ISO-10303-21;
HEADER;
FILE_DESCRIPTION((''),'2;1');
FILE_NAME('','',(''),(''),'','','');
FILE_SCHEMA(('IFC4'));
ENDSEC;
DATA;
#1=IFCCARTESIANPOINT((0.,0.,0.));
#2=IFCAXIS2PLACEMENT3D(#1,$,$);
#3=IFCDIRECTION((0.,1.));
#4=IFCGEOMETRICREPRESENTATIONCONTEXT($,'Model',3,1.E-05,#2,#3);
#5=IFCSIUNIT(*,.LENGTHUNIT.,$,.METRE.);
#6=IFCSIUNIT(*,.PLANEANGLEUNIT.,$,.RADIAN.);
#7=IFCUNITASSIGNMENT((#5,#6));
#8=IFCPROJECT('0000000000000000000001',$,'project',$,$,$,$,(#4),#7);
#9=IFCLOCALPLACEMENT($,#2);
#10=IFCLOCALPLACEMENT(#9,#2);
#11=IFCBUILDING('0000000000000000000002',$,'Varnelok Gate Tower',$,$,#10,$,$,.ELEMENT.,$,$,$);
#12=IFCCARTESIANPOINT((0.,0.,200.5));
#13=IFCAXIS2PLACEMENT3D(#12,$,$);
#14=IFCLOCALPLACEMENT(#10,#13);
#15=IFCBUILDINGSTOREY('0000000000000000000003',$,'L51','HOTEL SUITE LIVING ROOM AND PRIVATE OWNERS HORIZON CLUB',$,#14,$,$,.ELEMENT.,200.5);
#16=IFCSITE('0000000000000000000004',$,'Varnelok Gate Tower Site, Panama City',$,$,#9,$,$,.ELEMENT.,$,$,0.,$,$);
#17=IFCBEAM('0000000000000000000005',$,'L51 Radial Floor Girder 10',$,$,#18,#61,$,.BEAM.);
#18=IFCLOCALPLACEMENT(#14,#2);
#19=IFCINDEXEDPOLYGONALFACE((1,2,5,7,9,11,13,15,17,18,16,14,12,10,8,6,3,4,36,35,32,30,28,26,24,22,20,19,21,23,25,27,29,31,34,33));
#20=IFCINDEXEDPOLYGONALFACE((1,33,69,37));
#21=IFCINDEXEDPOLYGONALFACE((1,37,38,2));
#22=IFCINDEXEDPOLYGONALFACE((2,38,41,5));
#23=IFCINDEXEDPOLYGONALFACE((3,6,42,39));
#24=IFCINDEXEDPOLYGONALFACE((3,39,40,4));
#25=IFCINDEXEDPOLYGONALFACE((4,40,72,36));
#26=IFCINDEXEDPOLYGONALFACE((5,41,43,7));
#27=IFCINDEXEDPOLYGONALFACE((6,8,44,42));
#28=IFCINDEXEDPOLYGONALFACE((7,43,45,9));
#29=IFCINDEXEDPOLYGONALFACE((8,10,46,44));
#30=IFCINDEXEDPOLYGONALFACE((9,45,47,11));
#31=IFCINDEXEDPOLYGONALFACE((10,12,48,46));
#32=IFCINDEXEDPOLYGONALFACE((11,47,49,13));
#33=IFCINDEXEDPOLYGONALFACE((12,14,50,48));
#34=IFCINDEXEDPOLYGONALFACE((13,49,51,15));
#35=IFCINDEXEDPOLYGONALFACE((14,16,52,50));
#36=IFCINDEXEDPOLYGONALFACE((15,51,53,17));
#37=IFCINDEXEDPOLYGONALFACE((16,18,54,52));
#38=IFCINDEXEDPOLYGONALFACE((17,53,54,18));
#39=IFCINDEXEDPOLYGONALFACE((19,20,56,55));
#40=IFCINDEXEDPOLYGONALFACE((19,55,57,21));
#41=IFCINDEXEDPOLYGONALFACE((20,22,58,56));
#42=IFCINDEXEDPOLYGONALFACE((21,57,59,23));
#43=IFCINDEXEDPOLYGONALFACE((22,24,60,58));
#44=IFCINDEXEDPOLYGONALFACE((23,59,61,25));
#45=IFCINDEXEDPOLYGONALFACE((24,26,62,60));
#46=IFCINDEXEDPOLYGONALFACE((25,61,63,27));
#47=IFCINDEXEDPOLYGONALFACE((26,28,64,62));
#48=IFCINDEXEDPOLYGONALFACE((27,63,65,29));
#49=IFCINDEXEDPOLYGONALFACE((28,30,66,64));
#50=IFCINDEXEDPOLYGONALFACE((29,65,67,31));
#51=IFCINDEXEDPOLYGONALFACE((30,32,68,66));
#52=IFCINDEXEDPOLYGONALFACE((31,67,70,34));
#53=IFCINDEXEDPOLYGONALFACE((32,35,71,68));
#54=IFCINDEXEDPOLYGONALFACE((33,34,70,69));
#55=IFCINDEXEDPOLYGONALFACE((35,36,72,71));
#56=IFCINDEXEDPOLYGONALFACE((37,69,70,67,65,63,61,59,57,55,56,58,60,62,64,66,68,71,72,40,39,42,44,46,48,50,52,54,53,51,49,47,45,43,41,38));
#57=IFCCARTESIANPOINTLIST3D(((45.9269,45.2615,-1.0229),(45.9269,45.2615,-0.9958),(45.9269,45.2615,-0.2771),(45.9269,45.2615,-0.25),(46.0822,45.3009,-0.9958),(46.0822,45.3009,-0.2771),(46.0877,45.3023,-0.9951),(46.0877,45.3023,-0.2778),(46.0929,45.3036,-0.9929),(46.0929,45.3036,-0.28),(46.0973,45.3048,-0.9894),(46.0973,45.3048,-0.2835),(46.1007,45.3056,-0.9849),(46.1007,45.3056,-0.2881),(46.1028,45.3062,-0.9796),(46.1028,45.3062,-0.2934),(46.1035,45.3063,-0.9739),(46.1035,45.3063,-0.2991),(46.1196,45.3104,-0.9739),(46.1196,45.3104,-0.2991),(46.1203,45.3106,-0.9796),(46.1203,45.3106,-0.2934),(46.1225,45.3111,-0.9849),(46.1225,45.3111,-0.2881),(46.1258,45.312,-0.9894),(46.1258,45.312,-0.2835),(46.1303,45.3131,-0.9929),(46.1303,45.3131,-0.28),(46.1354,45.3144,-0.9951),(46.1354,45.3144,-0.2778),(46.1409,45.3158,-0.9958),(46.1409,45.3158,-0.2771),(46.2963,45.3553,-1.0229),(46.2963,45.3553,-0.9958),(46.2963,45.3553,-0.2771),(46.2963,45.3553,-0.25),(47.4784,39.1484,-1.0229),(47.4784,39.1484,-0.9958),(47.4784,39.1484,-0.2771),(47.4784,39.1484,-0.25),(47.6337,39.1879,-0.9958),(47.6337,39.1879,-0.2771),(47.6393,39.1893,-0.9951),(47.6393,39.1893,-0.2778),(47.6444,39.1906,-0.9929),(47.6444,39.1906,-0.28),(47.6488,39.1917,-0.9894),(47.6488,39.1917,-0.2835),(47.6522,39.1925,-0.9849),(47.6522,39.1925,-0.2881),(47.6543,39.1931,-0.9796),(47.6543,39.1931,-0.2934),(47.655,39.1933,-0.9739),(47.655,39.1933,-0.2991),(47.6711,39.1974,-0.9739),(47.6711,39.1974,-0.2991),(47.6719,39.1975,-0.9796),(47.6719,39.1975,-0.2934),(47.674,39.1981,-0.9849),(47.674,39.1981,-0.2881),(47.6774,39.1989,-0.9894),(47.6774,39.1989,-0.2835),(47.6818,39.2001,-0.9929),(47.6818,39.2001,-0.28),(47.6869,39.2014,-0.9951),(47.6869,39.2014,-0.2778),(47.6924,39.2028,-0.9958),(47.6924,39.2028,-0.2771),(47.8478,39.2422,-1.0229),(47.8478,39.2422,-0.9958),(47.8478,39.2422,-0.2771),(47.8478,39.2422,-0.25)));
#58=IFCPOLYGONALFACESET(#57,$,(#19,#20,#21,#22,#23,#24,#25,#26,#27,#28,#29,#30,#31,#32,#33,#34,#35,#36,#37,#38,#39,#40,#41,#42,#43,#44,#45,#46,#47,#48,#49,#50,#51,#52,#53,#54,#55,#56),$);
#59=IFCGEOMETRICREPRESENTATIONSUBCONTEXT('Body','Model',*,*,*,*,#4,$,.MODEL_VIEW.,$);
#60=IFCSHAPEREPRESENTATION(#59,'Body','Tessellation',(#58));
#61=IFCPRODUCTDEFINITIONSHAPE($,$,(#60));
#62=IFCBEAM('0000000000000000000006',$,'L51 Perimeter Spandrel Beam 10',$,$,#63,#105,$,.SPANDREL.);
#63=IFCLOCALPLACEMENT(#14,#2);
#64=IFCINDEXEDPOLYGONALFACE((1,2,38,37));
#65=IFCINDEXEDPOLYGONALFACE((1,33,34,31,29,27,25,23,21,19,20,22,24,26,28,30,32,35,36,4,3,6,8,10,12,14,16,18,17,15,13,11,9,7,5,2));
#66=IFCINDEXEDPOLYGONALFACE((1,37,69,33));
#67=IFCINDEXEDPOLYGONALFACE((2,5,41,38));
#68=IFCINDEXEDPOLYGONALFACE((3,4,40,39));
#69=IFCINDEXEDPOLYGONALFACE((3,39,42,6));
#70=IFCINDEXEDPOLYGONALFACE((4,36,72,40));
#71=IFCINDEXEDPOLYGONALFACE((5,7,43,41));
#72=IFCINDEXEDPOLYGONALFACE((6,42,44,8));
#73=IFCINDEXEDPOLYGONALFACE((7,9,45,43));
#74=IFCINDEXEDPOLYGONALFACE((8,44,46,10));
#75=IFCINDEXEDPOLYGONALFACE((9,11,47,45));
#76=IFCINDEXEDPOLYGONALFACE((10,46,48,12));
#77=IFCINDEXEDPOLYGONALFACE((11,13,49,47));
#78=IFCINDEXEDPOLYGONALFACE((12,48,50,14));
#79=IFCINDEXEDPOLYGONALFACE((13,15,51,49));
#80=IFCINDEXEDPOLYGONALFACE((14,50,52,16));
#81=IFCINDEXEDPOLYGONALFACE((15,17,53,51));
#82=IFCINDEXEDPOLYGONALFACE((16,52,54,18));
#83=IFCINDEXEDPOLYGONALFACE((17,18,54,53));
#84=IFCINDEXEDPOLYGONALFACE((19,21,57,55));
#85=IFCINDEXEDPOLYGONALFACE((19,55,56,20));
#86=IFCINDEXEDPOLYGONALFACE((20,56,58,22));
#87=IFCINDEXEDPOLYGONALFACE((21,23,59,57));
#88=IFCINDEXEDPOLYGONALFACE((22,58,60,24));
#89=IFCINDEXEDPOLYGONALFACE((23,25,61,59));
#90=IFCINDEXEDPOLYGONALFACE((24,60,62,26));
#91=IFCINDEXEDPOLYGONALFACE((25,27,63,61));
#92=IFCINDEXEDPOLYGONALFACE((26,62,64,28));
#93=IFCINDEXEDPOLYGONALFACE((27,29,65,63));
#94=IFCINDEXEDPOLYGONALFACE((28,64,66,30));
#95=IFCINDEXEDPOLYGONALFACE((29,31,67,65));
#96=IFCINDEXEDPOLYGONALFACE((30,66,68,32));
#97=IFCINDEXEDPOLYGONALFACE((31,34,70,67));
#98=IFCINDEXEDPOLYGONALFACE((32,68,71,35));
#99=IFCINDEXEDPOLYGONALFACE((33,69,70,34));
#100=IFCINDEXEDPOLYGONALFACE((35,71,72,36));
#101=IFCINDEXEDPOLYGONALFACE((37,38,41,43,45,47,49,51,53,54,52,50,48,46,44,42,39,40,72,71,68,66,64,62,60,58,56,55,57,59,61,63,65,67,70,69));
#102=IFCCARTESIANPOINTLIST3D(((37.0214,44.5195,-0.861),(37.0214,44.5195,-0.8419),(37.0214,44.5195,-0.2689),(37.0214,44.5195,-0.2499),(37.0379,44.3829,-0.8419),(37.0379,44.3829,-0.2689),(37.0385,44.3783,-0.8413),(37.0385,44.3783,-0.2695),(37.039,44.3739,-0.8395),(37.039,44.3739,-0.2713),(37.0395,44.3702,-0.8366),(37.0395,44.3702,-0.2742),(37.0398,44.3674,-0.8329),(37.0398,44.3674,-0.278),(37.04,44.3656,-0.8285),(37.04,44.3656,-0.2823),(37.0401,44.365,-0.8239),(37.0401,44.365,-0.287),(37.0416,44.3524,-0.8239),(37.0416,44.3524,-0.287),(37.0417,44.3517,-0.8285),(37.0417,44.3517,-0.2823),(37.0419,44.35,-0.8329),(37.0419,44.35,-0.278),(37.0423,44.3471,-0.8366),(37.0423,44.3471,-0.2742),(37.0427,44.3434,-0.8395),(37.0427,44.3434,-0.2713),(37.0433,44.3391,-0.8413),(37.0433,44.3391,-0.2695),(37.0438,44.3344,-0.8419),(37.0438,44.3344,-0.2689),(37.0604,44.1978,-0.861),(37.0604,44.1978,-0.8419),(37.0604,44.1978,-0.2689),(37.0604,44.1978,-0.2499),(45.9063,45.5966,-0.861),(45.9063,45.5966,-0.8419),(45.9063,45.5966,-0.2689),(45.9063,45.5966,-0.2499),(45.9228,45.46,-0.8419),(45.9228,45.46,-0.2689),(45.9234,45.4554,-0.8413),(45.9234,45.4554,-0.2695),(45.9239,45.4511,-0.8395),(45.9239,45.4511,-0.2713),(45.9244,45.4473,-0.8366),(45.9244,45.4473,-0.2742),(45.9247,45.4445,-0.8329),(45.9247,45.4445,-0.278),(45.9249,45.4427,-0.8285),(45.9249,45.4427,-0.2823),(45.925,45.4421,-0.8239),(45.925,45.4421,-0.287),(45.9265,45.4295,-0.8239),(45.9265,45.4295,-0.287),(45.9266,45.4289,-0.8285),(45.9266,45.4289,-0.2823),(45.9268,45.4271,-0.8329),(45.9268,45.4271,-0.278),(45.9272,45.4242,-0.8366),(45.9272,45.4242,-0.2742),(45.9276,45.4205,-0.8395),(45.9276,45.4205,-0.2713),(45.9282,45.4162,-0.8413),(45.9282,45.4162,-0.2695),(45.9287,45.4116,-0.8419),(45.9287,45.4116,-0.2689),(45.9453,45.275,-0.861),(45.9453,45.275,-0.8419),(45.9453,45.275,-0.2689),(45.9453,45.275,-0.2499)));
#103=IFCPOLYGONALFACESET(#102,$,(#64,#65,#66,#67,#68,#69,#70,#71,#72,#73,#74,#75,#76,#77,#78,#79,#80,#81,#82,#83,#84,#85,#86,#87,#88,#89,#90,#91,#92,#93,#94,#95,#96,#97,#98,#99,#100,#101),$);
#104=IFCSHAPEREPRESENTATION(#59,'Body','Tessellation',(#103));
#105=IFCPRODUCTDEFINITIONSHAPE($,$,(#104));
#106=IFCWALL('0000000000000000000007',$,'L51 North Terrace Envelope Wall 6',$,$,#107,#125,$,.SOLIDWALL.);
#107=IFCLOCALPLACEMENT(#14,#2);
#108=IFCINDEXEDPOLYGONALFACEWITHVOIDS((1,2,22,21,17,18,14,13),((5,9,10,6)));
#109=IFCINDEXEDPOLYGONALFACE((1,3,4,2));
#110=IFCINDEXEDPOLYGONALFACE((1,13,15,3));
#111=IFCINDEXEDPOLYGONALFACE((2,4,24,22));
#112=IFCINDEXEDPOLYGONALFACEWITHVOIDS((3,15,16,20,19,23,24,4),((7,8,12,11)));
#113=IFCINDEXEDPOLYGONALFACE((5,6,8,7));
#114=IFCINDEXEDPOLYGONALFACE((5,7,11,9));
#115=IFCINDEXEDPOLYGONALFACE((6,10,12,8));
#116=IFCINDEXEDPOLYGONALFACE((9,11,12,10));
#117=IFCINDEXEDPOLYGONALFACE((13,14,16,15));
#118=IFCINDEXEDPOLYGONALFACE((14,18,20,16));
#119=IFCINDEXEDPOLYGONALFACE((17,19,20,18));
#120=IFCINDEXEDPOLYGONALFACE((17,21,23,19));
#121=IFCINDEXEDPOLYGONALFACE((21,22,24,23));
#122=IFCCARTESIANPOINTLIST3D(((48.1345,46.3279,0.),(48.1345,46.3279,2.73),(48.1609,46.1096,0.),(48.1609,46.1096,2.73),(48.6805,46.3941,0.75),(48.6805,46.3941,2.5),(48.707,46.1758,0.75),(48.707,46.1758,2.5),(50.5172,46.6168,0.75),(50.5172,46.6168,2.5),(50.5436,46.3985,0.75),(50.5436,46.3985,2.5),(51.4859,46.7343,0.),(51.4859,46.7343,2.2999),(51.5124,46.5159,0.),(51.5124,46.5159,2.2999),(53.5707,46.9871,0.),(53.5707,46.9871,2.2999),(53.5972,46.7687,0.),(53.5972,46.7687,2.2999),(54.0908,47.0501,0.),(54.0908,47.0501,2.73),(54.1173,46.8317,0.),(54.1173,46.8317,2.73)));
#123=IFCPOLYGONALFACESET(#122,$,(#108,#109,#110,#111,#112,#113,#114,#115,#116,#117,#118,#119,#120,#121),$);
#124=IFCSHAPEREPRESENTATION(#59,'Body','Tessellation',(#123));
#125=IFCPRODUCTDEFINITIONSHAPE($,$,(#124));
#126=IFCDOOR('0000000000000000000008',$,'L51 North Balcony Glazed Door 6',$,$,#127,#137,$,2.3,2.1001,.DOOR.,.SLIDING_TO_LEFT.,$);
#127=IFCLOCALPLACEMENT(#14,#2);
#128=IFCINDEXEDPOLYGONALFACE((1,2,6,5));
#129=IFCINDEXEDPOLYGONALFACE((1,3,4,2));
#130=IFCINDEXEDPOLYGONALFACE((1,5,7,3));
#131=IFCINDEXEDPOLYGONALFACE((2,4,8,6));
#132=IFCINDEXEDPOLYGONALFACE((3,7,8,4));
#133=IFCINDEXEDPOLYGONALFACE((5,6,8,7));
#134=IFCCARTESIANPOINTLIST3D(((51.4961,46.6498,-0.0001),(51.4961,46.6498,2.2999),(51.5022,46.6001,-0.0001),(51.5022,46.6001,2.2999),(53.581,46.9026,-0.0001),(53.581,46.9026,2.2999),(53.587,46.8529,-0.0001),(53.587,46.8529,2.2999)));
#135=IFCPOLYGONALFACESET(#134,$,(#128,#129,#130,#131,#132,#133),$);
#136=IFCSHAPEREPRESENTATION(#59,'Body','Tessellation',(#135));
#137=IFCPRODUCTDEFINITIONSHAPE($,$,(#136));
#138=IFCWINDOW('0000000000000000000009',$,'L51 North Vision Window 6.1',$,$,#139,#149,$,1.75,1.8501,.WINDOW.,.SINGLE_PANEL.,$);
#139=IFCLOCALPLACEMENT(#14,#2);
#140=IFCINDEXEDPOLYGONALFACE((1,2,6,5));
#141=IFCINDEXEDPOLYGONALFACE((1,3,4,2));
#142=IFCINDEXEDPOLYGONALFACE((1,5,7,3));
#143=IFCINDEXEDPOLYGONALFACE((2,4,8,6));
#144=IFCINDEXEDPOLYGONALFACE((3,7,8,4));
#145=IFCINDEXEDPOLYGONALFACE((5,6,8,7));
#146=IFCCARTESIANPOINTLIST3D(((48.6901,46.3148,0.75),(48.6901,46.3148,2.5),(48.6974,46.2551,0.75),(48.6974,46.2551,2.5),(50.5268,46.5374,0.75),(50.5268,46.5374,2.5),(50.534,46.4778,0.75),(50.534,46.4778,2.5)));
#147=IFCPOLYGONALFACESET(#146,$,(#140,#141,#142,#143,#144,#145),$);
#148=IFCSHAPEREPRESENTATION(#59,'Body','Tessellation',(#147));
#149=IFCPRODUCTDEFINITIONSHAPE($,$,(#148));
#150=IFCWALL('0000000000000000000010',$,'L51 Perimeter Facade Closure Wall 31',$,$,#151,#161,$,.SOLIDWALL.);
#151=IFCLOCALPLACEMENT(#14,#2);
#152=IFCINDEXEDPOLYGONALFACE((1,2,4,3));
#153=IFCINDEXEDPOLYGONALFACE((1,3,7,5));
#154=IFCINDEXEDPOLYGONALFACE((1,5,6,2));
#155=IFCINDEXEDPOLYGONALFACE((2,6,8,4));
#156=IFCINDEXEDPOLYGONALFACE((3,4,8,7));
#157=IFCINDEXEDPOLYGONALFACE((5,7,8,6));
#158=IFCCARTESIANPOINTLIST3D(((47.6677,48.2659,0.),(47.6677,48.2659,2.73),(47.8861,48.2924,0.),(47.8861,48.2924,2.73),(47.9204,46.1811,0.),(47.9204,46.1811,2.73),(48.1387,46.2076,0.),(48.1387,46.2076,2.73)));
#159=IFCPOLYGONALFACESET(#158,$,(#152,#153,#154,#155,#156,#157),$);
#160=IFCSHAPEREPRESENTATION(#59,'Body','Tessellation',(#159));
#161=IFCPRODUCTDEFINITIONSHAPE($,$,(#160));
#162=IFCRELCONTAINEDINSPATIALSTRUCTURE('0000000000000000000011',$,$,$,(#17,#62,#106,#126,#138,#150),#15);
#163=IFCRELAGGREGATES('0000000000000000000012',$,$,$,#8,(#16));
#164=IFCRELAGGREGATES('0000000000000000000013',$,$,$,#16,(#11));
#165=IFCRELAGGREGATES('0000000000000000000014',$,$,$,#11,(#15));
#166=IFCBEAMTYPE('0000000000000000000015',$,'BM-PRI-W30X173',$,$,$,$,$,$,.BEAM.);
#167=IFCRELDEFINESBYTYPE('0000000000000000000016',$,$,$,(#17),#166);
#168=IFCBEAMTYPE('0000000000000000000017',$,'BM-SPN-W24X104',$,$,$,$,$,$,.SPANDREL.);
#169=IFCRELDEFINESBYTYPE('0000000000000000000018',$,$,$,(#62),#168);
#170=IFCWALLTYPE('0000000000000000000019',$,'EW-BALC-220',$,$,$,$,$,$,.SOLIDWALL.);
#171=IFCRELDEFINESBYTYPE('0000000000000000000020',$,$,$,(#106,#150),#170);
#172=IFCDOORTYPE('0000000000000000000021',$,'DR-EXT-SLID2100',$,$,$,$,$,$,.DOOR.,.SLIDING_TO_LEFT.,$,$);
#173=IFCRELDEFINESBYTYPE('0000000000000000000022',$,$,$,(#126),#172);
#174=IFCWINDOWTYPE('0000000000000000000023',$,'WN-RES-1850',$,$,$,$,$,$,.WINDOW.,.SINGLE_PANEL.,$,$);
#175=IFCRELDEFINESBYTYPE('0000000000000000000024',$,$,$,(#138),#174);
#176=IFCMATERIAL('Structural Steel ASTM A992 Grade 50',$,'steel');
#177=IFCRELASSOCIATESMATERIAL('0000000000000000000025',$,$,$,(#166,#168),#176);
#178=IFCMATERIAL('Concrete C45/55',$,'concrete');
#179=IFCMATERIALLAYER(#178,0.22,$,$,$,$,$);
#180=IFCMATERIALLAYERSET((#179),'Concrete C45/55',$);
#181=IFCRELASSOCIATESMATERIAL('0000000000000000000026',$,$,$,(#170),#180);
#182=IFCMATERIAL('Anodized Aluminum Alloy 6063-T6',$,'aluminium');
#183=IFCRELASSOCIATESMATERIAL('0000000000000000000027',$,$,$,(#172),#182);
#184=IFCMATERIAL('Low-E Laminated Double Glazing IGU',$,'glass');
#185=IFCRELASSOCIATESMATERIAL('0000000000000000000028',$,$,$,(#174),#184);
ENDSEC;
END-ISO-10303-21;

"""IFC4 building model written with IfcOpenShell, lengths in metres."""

from ifc_helpers import new_model, si_unit, direction, frame, frame_2d, origin, origin_2d, place, context, subcontext, project, spatial, rectangle, i_section, extrude, material, layer, layer_set, material_profile, profile_set, type_object, element, fill, save


model = new_model("IFC4")

# Units and contexts
model_context = context("Model", 3, precision=1e-05, world=origin(), true_north=direction((0.0, 1.0)))
body_context = subcontext(model_context, "Body", "Model", "MODEL_VIEW")
ifc_project = project(units=[si_unit("LENGTHUNIT", "METRE"), si_unit("PLANEANGLEUNIT", "RADIAN")], contexts=[model_context])

# Site, building, storey
site_placement = place(None, origin())
site = spatial("IfcSite", under=ifc_project, at=site_placement, Name="Varnelok Gate Tower Site, Panama City", CompositionType="ELEMENT", RefElevation=0.0)
building_placement = place(site_placement, origin())
building = spatial("IfcBuilding", under=site, at=building_placement, Name="Varnelok Gate Tower", CompositionType="ELEMENT")
storey_placement = place(building_placement, frame((0.0, 0.0, 200.5)))
storey = spatial("IfcBuildingStorey", under=building, at=storey_placement, Name="L51", Description="HOTEL SUITE LIVING ROOM AND PRIVATE OWNERS HORIZON CLUB", CompositionType="ELEMENT", Elevation=200.5)

# Shared definitions
ifc_material_1 = material(Name="Structural Steel ASTM A992 Grade 50", Category="steel")

# Beams
ifc_material_profile_1 = material_profile(ifc_material_1, i_section(OverallWidth=0.3811, OverallDepth=0.7729, WebThickness=0.0166, FlangeThickness=0.0271, FilletRadius=0.022, at=origin_2d()), Name="W30X173")
ifc_profile_set_1 = profile_set([ifc_material_profile_1], Name="Structural Steel ASTM A992 Grade 50")
beam_type_1 = type_object("IfcBeamType", Name="BM-PRI-W30X173", PredefinedType="BEAM", material=ifc_profile_set_1)
beam_1_placement = place(storey_placement, frame((47.6631, 39.1953, -0.6365), z_axis=(-0.246004, 0.969269, 0.0), x_axis=(-0.969269, -0.246004, 0.0)))
element("IfcBeam", 1, at=beam_1_placement, inside=storey, type_object=beam_type_1, Name="L51 Radial Floor Girder 10", PredefinedType="BEAM", context=body_context, shape_type="SweptSolid", body=[
    extrude(i_section(OverallWidth=0.3811, OverallDepth=0.7729, WebThickness=0.0166, FlangeThickness=0.0271, FilletRadius=0.022, at=origin_2d()), origin(), (0.0, 0.0, 1.0), 6.3069),
])
ifc_material_profile_2 = material_profile(ifc_material_1, i_section(OverallWidth=0.324, OverallDepth=0.6111, WebThickness=0.0127, FlangeThickness=0.019, FilletRadius=0.0181, at=origin_2d()), Name="W24X104")
ifc_profile_set_2 = profile_set([ifc_material_profile_2], Name="Structural Steel ASTM A992 Grade 50")
beam_type_2 = type_object("IfcBeamType", Name="BM-SPN-W24X104", PredefinedType="SPANDREL", material=ifc_profile_set_2)
beam_2_placement = place(storey_placement, frame((45.9258, 45.4358, -0.5554), z_axis=(-0.992731, -0.120351, 0.0), x_axis=(0.120351, -0.992731, 0.0)))
element("IfcBeam", 2, at=beam_2_placement, inside=storey, type_object=beam_type_2, Name="L51 Perimeter Spandrel Beam 10", PredefinedType="SPANDREL", context=body_context, shape_type="SweptSolid", body=[
    extrude(i_section(OverallWidth=0.324, OverallDepth=0.6111, WebThickness=0.0127, FlangeThickness=0.019, FilletRadius=0.0181, at=origin_2d()), origin(), (0.0, 0.0, 1.0), 8.95),
])

# Wall, openings, door, window
ifc_material_2 = material(Name="Concrete C45/55", Category="concrete")
ifc_layer_1 = layer(ifc_material_2, 0.22)
ifc_layer_set_1 = layer_set([ifc_layer_1], Name="Concrete C45/55")
wall_type_1 = type_object("IfcWallType", Name="EW-BALC-220", PredefinedType="SOLIDWALL", material=ifc_layer_set_1)
wall_1_placement = place(storey_placement, frame((48.1477, 46.2188, 0.0), z_axis=(0.0, 0.0, 1.0), x_axis=(0.99273, 0.120363, 0.0)))
wall_1 = element("IfcWall", 3, at=wall_1_placement, inside=storey, type_object=wall_type_1, Name="L51 North Terrace Envelope Wall 6", PredefinedType="SOLIDWALL", context=body_context, shape_type="SweptSolid", body=[
    extrude(rectangle(XDim=6.0, YDim=0.22, at=frame_2d((3.0, 0.0))), origin(), (0.0, 0.0, 1.0), 2.73),
])
opening_1_placement = place(wall_1_placement, frame((3.376, 0.0, 0.0)))
opening_1 = element("IfcOpeningElement", 4, at=opening_1_placement, cuts=wall_1, PredefinedType="OPENING", context=body_context, shape_type="SweptSolid", body=[
    extrude(rectangle(XDim=2.1001, YDim=2.3, at=frame_2d((1.05, 1.1499))), frame((0.0, 0.1199, 0.0), z_axis=(0.0, -1.0, 0.0), x_axis=(1.0, 0.0, 0.0)), (0.0, 0.0, 1.0), 0.24),
])
opening_2_placement = place(wall_1_placement, frame((0.55, 0.0, 0.75)))
opening_2 = element("IfcOpeningElement", 5, at=opening_2_placement, cuts=wall_1, PredefinedType="OPENING", context=body_context, shape_type="SweptSolid", body=[
    extrude(rectangle(XDim=1.8501, YDim=1.75, at=frame_2d((0.925, 0.875))), frame((0.0, 0.1199, 0.0), z_axis=(0.0, -1.0, 0.0), x_axis=(1.0, 0.0, 0.0)), (0.0, 0.0, 1.0), 0.24),
])
ifc_material_3 = material(Name="Anodized Aluminum Alloy 6063-T6", Category="aluminium")
door_type_1 = type_object("IfcDoorType", Name="DR-EXT-SLID2100", OperationType="SLIDING_TO_LEFT", PredefinedType="DOOR", material=ifc_material_3)
door_1_placement = place(opening_1_placement, origin())
door_1 = element("IfcDoor", 6, at=door_1_placement, inside=storey, type_object=door_type_1, Name="L51 North Balcony Glazed Door 6", OperationType="SLIDING_TO_LEFT", OverallHeight=2.3, OverallWidth=2.1001, PredefinedType="DOOR", context=body_context, shape_type="SweptSolid", body=[
    extrude(rectangle(XDim=2.1001, YDim=2.3, at=frame_2d((1.05, 1.1499))), frame((0.0, 0.0249, 0.0), z_axis=(0.0, -1.0, 0.0), x_axis=(1.0, 0.0, 0.0)), (0.0, 0.0, 1.0), 0.05),
])
fill(opening_1, door_1)
ifc_material_4 = material(Name="Low-E Laminated Double Glazing IGU", Category="glass")
window_type_1 = type_object("IfcWindowType", Name="WN-RES-1850", PartitioningType="SINGLE_PANEL", PredefinedType="WINDOW", material=ifc_material_4)
window_1_placement = place(opening_2_placement, origin())
window_1 = element("IfcWindow", 7, at=window_1_placement, inside=storey, type_object=window_type_1, Name="L51 North Vision Window 6.1", OverallHeight=1.75, OverallWidth=1.8501, PartitioningType="SINGLE_PANEL", PredefinedType="WINDOW", context=body_context, shape_type="SweptSolid", body=[
    extrude(rectangle(XDim=1.8501, YDim=1.75, at=frame_2d((0.925, 0.875))), frame((0.0, 0.03, 0.0), z_axis=(0.0, -1.0, 0.0), x_axis=(1.0, 0.0, 0.0)), (0.0, 0.0, 1.0), 0.0601),
])
fill(opening_2, window_1)

# Wall
wall_2_placement = place(storey_placement, frame((48.0295, 46.1943, 0.0), z_axis=(0.0, 0.0, 1.0), x_axis=(-0.120314, 0.992736, 0.0)))
element("IfcWall", 8, at=wall_2_placement, inside=storey, type_object=wall_type_1, Name="L51 Perimeter Facade Closure Wall 31", PredefinedType="SOLIDWALL", context=body_context, shape_type="SweptSolid", body=[
    extrude(rectangle(XDim=2.1001, YDim=0.22, at=frame_2d((1.05, 0.0))), origin(), (0.0, 0.0, 1.0), 2.73),
])

save(model, "model.ifc")
